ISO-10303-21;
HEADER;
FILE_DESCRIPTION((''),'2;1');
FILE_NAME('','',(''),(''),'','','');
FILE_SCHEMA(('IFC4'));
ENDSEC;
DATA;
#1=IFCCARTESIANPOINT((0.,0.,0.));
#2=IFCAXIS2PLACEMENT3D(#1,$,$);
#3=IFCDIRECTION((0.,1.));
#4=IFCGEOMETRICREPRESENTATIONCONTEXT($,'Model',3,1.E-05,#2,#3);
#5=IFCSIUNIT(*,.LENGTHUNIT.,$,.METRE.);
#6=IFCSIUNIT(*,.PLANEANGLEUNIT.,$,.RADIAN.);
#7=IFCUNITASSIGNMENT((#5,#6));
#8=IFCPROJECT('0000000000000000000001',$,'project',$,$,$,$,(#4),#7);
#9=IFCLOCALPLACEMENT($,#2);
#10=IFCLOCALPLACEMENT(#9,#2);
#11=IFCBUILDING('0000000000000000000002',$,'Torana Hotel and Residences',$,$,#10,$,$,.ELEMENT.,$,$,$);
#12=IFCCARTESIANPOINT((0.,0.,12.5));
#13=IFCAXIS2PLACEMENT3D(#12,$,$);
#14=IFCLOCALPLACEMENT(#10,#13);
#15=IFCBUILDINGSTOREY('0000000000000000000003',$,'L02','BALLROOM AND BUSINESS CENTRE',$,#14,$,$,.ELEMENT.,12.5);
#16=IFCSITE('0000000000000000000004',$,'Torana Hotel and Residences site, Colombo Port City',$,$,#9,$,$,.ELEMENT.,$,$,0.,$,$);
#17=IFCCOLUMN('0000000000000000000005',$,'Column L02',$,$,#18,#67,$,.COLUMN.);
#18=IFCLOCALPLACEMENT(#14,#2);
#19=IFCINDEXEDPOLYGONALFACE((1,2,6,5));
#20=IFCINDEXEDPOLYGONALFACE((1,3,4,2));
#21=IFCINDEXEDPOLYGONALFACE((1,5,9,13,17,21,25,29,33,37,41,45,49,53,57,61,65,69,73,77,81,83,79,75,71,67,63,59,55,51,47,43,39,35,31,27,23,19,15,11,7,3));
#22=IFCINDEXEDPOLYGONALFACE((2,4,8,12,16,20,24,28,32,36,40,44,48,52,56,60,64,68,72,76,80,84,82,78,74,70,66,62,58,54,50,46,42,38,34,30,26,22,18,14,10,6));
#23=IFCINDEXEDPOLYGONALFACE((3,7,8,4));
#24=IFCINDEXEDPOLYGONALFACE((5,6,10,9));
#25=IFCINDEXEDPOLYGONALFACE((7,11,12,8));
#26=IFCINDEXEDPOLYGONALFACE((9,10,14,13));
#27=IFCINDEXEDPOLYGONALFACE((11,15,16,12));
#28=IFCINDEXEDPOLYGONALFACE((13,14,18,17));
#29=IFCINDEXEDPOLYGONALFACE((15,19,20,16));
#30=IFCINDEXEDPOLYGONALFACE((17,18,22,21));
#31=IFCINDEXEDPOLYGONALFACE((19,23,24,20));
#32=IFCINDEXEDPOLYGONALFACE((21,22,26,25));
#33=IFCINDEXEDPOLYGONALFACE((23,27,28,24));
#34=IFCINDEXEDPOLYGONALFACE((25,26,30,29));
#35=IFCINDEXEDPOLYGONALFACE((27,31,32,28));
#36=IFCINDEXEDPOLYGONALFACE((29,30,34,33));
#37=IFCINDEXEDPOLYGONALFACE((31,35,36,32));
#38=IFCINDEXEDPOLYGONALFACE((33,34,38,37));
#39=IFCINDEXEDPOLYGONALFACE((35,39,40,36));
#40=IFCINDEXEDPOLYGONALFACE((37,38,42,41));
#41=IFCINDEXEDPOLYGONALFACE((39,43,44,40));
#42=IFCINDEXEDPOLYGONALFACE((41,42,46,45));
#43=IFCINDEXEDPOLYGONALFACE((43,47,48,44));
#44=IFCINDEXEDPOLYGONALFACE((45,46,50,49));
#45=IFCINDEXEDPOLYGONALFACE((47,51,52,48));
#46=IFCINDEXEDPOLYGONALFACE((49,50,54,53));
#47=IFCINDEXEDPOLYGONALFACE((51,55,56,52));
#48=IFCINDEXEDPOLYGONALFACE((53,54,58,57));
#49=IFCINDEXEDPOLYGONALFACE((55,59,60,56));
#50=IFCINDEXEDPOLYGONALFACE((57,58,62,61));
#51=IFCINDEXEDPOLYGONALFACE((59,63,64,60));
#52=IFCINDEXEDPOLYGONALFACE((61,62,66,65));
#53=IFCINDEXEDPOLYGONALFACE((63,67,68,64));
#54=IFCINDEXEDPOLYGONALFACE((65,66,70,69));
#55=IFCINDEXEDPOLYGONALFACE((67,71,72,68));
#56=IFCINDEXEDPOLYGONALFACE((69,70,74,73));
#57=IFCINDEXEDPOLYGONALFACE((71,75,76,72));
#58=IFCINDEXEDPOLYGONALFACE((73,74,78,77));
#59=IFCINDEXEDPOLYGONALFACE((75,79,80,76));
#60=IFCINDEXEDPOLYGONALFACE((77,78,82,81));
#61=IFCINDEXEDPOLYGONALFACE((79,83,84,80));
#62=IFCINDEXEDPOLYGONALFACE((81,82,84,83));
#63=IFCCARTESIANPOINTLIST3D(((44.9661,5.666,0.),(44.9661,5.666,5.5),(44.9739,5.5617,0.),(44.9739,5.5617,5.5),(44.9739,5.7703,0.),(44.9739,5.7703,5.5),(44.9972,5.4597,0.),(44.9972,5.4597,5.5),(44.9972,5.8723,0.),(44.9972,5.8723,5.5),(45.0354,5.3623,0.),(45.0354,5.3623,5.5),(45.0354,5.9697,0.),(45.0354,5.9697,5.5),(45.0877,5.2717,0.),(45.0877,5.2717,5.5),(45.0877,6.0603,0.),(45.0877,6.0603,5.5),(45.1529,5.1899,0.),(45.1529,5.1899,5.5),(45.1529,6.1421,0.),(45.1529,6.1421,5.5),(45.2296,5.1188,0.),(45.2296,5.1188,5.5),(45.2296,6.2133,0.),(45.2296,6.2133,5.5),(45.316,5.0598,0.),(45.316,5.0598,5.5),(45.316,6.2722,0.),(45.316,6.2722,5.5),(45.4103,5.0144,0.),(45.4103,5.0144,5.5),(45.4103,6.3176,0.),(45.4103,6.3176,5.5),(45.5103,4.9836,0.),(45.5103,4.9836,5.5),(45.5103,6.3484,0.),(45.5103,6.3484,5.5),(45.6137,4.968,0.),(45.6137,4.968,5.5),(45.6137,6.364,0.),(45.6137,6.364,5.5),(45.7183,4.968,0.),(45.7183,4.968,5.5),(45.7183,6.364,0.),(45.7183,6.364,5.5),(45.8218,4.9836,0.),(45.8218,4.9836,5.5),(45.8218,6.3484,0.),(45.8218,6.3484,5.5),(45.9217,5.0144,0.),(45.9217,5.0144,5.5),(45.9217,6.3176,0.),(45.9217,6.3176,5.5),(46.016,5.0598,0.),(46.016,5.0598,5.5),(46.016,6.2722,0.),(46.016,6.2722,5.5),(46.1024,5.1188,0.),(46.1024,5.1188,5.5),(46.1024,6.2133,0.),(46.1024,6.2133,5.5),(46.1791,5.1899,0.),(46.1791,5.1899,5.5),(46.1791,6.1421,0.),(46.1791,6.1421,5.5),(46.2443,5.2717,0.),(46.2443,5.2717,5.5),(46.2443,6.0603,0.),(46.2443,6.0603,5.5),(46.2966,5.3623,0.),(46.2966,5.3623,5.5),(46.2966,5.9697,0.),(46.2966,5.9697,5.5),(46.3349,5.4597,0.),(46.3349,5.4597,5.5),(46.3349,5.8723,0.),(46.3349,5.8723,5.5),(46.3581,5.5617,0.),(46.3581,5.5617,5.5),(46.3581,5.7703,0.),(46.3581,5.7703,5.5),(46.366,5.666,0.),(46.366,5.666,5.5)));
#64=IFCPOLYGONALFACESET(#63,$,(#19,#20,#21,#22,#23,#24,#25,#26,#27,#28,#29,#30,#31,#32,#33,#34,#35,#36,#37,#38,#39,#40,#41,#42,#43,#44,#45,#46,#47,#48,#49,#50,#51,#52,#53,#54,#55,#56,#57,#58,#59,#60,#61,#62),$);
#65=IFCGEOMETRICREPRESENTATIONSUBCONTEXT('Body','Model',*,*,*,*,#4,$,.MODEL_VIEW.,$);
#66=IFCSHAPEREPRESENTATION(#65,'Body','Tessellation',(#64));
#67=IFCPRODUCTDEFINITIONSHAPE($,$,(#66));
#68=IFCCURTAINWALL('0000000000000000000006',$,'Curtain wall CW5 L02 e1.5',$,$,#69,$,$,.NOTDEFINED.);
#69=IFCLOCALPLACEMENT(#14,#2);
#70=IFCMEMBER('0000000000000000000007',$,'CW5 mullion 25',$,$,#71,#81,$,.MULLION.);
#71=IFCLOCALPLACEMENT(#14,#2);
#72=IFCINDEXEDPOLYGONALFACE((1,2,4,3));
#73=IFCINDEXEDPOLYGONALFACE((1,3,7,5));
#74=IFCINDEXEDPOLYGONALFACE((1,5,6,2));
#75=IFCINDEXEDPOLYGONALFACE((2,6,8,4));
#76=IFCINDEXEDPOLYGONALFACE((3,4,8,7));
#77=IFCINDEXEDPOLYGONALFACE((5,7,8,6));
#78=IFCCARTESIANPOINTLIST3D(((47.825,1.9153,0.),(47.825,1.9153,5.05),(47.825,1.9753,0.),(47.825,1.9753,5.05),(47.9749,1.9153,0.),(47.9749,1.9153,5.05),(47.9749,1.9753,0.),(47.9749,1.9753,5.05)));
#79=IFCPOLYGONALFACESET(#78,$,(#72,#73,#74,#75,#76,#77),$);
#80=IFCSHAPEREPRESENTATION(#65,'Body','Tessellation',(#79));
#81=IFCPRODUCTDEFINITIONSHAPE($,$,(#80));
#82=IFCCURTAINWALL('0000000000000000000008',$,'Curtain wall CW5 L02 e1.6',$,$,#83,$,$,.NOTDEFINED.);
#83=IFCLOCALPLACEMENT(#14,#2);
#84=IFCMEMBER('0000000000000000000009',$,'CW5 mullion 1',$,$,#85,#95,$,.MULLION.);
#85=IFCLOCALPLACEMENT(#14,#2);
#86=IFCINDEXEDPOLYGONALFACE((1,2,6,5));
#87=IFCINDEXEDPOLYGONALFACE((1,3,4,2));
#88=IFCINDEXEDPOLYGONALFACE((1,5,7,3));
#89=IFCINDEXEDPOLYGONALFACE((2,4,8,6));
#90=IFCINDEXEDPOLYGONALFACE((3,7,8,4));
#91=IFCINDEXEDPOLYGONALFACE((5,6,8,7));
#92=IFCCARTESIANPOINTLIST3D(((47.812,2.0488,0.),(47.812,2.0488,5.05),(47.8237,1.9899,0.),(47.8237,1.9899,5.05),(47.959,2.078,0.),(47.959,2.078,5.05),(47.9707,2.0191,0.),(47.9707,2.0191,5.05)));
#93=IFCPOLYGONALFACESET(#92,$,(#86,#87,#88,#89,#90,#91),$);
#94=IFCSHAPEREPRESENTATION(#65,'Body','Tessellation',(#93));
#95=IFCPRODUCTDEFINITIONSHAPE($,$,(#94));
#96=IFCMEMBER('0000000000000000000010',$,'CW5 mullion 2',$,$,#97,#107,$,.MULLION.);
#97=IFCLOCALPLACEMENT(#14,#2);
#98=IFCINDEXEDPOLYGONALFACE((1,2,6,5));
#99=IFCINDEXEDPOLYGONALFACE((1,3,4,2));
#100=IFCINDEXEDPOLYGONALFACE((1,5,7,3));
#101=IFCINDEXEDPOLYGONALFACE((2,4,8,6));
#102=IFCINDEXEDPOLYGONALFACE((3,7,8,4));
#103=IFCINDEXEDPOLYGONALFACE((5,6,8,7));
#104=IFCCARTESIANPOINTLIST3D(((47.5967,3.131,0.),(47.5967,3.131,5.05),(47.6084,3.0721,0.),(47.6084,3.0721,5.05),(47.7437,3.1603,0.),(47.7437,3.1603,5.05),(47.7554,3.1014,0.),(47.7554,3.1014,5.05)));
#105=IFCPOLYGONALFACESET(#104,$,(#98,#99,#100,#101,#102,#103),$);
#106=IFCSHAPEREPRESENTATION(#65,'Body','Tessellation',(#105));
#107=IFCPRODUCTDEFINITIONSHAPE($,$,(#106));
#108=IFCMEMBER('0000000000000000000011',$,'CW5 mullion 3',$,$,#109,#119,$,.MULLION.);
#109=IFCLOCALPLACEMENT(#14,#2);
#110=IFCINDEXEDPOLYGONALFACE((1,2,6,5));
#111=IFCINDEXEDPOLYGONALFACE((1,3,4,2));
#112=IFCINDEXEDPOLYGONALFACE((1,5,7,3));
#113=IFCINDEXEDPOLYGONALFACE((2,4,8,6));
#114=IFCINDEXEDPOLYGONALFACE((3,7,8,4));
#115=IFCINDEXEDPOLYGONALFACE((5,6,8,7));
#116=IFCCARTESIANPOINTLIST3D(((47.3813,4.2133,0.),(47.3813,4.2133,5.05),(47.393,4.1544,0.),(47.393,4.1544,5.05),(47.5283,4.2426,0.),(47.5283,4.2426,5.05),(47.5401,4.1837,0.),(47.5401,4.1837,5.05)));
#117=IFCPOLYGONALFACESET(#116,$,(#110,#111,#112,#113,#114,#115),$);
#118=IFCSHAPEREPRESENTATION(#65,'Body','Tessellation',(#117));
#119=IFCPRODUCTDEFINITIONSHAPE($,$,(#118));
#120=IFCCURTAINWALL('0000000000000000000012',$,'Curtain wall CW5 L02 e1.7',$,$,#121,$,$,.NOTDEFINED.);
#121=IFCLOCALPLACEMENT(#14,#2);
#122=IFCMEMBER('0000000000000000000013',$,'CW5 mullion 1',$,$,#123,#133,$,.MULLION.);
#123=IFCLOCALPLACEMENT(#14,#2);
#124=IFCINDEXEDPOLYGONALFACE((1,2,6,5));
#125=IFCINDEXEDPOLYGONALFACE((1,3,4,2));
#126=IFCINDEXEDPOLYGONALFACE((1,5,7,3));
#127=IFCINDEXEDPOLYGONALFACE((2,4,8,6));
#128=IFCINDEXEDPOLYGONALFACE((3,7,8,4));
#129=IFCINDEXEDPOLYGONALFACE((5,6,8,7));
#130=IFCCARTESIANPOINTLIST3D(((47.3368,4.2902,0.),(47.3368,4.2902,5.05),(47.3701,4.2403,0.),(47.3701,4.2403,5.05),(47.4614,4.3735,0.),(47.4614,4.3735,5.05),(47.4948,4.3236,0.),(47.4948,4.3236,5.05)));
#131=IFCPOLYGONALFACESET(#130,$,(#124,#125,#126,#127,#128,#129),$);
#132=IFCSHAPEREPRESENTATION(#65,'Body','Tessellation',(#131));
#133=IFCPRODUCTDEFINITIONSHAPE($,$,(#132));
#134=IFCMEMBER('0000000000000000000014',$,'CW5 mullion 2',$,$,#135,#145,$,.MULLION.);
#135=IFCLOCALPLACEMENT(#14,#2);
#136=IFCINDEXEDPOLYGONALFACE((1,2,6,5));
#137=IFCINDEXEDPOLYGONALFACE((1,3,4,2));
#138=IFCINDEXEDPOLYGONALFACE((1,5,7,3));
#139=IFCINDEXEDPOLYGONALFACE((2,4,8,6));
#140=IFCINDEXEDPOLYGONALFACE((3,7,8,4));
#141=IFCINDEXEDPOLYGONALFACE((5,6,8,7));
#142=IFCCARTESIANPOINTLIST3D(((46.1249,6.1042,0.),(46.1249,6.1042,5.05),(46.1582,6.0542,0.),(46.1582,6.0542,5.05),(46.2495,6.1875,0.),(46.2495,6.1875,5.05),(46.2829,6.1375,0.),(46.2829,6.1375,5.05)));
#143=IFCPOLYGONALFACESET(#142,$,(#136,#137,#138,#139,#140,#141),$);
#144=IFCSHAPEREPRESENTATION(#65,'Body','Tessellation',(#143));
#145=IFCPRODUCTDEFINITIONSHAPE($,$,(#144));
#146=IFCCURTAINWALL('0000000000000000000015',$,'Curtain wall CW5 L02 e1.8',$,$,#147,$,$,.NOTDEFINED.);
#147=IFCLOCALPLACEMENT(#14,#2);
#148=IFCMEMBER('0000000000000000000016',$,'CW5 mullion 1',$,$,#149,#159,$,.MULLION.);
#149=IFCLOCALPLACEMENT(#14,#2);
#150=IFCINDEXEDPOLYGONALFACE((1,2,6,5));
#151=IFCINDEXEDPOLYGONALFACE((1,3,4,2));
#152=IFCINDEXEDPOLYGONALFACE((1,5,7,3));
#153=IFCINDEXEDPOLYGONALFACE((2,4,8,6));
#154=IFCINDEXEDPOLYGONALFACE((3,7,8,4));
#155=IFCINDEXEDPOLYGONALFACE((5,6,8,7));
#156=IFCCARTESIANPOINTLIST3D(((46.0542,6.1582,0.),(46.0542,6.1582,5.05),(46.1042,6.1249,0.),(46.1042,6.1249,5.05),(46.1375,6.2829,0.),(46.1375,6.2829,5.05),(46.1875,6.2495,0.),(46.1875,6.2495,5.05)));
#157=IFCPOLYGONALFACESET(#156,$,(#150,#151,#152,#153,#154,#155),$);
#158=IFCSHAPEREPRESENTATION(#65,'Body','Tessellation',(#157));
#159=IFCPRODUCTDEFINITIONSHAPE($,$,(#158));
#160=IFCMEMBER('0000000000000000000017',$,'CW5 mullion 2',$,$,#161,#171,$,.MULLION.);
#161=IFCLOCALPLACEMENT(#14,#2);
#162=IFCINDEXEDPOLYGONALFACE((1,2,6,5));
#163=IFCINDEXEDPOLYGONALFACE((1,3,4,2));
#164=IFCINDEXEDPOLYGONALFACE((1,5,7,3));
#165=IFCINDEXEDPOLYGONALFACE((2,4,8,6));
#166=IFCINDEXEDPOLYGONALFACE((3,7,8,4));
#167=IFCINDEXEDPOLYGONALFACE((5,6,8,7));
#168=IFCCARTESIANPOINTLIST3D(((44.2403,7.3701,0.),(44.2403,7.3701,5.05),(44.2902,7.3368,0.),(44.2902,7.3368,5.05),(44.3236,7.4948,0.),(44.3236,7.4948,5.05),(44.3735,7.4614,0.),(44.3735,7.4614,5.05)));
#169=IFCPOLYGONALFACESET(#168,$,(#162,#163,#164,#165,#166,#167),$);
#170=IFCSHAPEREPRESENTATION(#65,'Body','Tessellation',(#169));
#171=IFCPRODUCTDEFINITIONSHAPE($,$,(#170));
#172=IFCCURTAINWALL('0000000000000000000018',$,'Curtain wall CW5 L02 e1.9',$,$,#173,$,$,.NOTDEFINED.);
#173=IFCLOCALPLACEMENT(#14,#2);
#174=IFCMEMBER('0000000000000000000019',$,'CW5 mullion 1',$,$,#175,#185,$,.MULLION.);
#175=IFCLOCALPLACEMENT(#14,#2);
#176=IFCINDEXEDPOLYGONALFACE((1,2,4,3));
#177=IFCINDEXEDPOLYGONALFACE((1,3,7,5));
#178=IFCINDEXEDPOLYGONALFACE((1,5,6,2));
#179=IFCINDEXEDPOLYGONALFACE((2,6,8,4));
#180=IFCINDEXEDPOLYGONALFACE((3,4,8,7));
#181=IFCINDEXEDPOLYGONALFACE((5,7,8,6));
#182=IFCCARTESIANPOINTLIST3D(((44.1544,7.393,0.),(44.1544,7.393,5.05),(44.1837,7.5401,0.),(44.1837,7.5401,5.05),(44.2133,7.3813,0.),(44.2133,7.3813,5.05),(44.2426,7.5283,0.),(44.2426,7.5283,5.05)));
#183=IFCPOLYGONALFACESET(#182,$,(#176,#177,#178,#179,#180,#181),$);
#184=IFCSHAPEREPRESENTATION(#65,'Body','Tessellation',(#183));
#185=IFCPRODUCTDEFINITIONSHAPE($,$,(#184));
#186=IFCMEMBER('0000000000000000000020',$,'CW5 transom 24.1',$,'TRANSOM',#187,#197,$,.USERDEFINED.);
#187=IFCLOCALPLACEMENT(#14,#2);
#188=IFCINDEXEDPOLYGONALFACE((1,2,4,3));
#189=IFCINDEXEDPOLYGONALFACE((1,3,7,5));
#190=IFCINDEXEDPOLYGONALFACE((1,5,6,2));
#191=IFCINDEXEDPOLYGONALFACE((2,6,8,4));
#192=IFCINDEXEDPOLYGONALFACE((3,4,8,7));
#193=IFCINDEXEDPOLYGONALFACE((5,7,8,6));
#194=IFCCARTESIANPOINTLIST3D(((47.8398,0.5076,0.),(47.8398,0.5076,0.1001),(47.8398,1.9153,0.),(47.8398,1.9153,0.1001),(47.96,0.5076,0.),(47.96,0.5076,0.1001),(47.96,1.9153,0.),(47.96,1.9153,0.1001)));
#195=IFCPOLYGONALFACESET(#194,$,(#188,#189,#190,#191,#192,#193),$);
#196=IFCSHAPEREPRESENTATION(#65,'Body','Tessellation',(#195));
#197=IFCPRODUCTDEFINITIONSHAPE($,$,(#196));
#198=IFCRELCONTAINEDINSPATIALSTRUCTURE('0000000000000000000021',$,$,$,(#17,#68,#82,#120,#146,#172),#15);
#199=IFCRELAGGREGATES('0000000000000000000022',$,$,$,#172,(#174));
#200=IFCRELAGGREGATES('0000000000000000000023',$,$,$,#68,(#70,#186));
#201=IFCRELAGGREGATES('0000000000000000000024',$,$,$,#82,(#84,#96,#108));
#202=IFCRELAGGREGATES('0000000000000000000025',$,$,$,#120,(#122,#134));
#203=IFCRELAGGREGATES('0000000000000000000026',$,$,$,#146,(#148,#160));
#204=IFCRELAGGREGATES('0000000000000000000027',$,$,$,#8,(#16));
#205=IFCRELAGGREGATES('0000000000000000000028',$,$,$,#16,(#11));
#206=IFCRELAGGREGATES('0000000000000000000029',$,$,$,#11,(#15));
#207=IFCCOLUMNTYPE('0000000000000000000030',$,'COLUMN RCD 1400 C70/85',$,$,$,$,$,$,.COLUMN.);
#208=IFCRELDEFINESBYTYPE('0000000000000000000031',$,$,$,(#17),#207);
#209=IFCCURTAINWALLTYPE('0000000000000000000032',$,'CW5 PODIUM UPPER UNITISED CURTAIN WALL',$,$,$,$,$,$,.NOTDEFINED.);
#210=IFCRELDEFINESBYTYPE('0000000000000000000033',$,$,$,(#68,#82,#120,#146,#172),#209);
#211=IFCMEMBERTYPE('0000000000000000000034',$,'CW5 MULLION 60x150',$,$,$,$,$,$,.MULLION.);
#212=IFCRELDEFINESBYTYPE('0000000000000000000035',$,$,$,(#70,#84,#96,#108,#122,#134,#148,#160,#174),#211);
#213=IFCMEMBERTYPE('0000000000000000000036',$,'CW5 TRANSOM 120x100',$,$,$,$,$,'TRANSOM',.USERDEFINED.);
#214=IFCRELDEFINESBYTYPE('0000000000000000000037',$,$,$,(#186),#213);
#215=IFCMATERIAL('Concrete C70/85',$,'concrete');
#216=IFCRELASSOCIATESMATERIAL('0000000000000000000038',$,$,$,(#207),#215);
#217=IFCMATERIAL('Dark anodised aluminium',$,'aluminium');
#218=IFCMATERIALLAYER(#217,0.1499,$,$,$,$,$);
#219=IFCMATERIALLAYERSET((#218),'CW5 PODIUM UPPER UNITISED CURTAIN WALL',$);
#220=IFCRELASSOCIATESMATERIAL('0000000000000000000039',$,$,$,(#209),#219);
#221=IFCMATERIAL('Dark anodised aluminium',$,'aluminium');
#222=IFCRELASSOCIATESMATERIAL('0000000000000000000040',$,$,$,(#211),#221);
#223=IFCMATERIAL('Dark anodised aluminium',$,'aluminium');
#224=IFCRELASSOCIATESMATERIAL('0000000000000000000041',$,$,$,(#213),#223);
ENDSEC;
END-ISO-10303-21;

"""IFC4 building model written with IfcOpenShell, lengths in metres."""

from ifc_helpers import new_model, si_unit, direction, frame, origin, origin_2d, place, context, subcontext, project, spatial, rectangle, circle, extrude, material, layer, layer_set, material_profile, profile_set, type_object, element, aggregate, save


model = new_model("IFC4")

# Units and contexts
model_context = context("Model", 3, precision=1e-05, world=origin(), true_north=direction((0.0, 1.0)))
body_context = subcontext(model_context, "Body", "Model", "MODEL_VIEW")
ifc_project = project(units=[si_unit("LENGTHUNIT", "METRE"), si_unit("PLANEANGLEUNIT", "RADIAN")], contexts=[model_context])

# Site, building, storey
site_placement = place(None, origin())
site = spatial("IfcSite", under=ifc_project, at=site_placement, Name="Torana Hotel and Residences site, Colombo Port City", CompositionType="ELEMENT", RefElevation=0.0)
building_placement = place(site_placement, origin())
building = spatial("IfcBuilding", under=site, at=building_placement, Name="Torana Hotel and Residences", CompositionType="ELEMENT")
storey_placement = place(building_placement, frame((0.0, 0.0, 12.5)))
storey = spatial("IfcBuildingStorey", under=building, at=storey_placement, Name="L02", Description="BALLROOM AND BUSINESS CENTRE", CompositionType="ELEMENT", Elevation=12.5)

# Column
ifc_material_1 = material(Name="Concrete C70/85", Category="concrete")
ifc_material_profile_1 = material_profile(ifc_material_1, circle(Radius=0.7, at=origin_2d()), Name="RCD 1400")
ifc_profile_set_1 = profile_set([ifc_material_profile_1], Name="Concrete C70/85")
column_type = type_object("IfcColumnType", Name="COLUMN RCD 1400 C70/85", PredefinedType="COLUMN", material=ifc_profile_set_1)
column_placement = place(storey_placement, frame((45.666, 5.666, 0.0), z_axis=(0.0, 0.0, 1.0), x_axis=(1.0, 0.0, 0.0)))
element("IfcColumn", 1, at=column_placement, inside=storey, type_object=column_type, Name="Column L02", PredefinedType="COLUMN", context=body_context, shape_type="SweptSolid", body=[
    extrude(circle(Radius=0.7, at=origin_2d()), origin(), (0.0, 0.0, 1.0), 5.5),
])

# Curtain wall, member
ifc_material_2 = material(Name="Dark anodised aluminium", Category="aluminium")
ifc_layer_1 = layer(ifc_material_2, 0.1499)
ifc_layer_set_1 = layer_set([ifc_layer_1], Name="CW5 PODIUM UPPER UNITISED CURTAIN WALL")
curtain_wall_type = type_object("IfcCurtainWallType", Name="CW5 PODIUM UPPER UNITISED CURTAIN WALL", PredefinedType="NOTDEFINED", material=ifc_layer_set_1)
curtain_wall_1_placement = place(storey_placement, origin())
curtain_wall_1 = element("IfcCurtainWall", 2, at=curtain_wall_1_placement, inside=storey, type_object=curtain_wall_type, Name="Curtain wall CW5 L02 e1.5", PredefinedType="NOTDEFINED")
ifc_material_3 = material(Name="Dark anodised aluminium", Category="aluminium")
ifc_material_profile_2 = material_profile(ifc_material_3, rectangle(XDim=0.1499, YDim=0.0601, at=origin_2d()), Name="CW5 MULLION 60x150")
ifc_profile_set_2 = profile_set([ifc_material_profile_2], Name="Dark anodised aluminium")
member_type_1 = type_object("IfcMemberType", Name="CW5 MULLION 60x150", PredefinedType="MULLION", material=ifc_profile_set_2)
member_1_placement = place(storey_placement, frame((47.8999, 1.9453, 0.0), z_axis=(0.0, 0.0, 1.0), x_axis=(-1.0, 0.0, 0.0)))
member_1 = element("IfcMember", 3, at=member_1_placement, type_object=member_type_1, Name="CW5 mullion 25", PredefinedType="MULLION", context=body_context, shape_type="SweptSolid", body=[
    extrude(rectangle(XDim=0.1499, YDim=0.0601, at=origin_2d()), origin(), (0.0, 0.0, 1.0), 5.05),
])

# Curtain walls, members
curtain_wall_2_placement = place(storey_placement, origin())
curtain_wall_2 = element("IfcCurtainWall", 4, at=curtain_wall_2_placement, inside=storey, type_object=curtain_wall_type, Name="Curtain wall CW5 L02 e1.6", PredefinedType="NOTDEFINED")
member_2_placement = place(storey_placement, frame((47.8914, 2.0339, 0.0), z_axis=(0.0, 0.0, 1.0), x_axis=(-0.980787, -0.195081, 0.0)))
member_2 = element("IfcMember", 5, at=member_2_placement, type_object=member_type_1, Name="CW5 mullion 1", PredefinedType="MULLION", context=body_context, shape_type="SweptSolid", body=[
    extrude(rectangle(XDim=0.1499, YDim=0.0601, at=origin_2d()), origin(), (0.0, 0.0, 1.0), 5.05),
])
member_3_placement = place(storey_placement, frame((47.676, 3.1162, 0.0), z_axis=(0.0, 0.0, 1.0), x_axis=(-0.980787, -0.195081, 0.0)))
member_3 = element("IfcMember", 6, at=member_3_placement, type_object=member_type_1, Name="CW5 mullion 2", PredefinedType="MULLION", context=body_context, shape_type="SweptSolid", body=[
    extrude(rectangle(XDim=0.1499, YDim=0.0601, at=origin_2d()), origin(), (0.0, 0.0, 1.0), 5.05),
])
member_4_placement = place(storey_placement, frame((47.4607, 4.1985, 0.0), z_axis=(0.0, 0.0, 1.0), x_axis=(-0.980787, -0.195081, 0.0)))
member_4 = element("IfcMember", 7, at=member_4_placement, type_object=member_type_1, Name="CW5 mullion 3", PredefinedType="MULLION", context=body_context, shape_type="SweptSolid", body=[
    extrude(rectangle(XDim=0.1499, YDim=0.0601, at=origin_2d()), origin(), (0.0, 0.0, 1.0), 5.05),
])
curtain_wall_3_placement = place(storey_placement, origin())
curtain_wall_3 = element("IfcCurtainWall", 8, at=curtain_wall_3_placement, inside=storey, type_object=curtain_wall_type, Name="Curtain wall CW5 L02 e1.7", PredefinedType="NOTDEFINED")
member_5_placement = place(storey_placement, frame((47.4158, 4.3069, 0.0), z_axis=(0.0, 0.0, 1.0), x_axis=(-0.83146, -0.555585, 0.0)))
member_5 = element("IfcMember", 9, at=member_5_placement, type_object=member_type_1, Name="CW5 mullion 1", PredefinedType="MULLION", context=body_context, shape_type="SweptSolid", body=[
    extrude(rectangle(XDim=0.1499, YDim=0.0601, at=origin_2d()), origin(), (0.0, 0.0, 1.0), 5.05),
])
member_6_placement = place(storey_placement, frame((46.2039, 6.1208, 0.0), z_axis=(0.0, 0.0, 1.0), x_axis=(-0.83146, -0.555585, 0.0)))
member_6 = element("IfcMember", 10, at=member_6_placement, type_object=member_type_1, Name="CW5 mullion 2", PredefinedType="MULLION", context=body_context, shape_type="SweptSolid", body=[
    extrude(rectangle(XDim=0.1499, YDim=0.0601, at=origin_2d()), origin(), (0.0, 0.0, 1.0), 5.05),
])
curtain_wall_4_placement = place(storey_placement, origin())
curtain_wall_4 = element("IfcCurtainWall", 11, at=curtain_wall_4_placement, inside=storey, type_object=curtain_wall_type, Name="Curtain wall CW5 L02 e1.8", PredefinedType="NOTDEFINED")
member_7_placement = place(storey_placement, frame((46.1208, 6.2039, 0.0), z_axis=(0.0, 0.0, 1.0), x_axis=(-0.555585, -0.83146, 0.0)))
member_7 = element("IfcMember", 12, at=member_7_placement, type_object=member_type_1, Name="CW5 mullion 1", PredefinedType="MULLION", context=body_context, shape_type="SweptSolid", body=[
    extrude(rectangle(XDim=0.1499, YDim=0.0601, at=origin_2d()), origin(), (0.0, 0.0, 1.0), 5.05),
])
member_8_placement = place(storey_placement, frame((44.3069, 7.4158, 0.0), z_axis=(0.0, 0.0, 1.0), x_axis=(-0.555585, -0.83146, 0.0)))
member_8 = element("IfcMember", 13, at=member_8_placement, type_object=member_type_1, Name="CW5 mullion 2", PredefinedType="MULLION", context=body_context, shape_type="SweptSolid", body=[
    extrude(rectangle(XDim=0.1499, YDim=0.0601, at=origin_2d()), origin(), (0.0, 0.0, 1.0), 5.05),
])

# Curtain wall, member
curtain_wall_5_placement = place(storey_placement, origin())
curtain_wall_5 = element("IfcCurtainWall", 14, at=curtain_wall_5_placement, inside=storey, type_object=curtain_wall_type, Name="Curtain wall CW5 L02 e1.9", PredefinedType="NOTDEFINED")
member_9_placement = place(storey_placement, frame((44.1985, 7.4607, 0.0), z_axis=(0.0, 0.0, 1.0), x_axis=(-0.195081, -0.980787, 0.0)))
member_9 = element("IfcMember", 15, at=member_9_placement, type_object=member_type_1, Name="CW5 mullion 1", PredefinedType="MULLION", context=body_context, shape_type="SweptSolid", body=[
    extrude(rectangle(XDim=0.1499, YDim=0.0601, at=origin_2d()), origin(), (0.0, 0.0, 1.0), 5.05),
])

# Member
ifc_material_4 = material(Name="Dark anodised aluminium", Category="aluminium")
ifc_material_profile_3 = material_profile(ifc_material_4, rectangle(XDim=0.1201, YDim=0.1001, at=origin_2d()), Name="CW5 TRANSOM 120x100")
ifc_profile_set_3 = profile_set([ifc_material_profile_3], Name="Dark anodised aluminium")
member_type_2 = type_object("IfcMemberType", Name="CW5 TRANSOM 120x100", ElementType="TRANSOM", PredefinedType="USERDEFINED", material=ifc_profile_set_3)
member_10_placement = place(storey_placement, frame((47.8999, 0.5076, 0.05), z_axis=(0.0, 1.0, 0.0), x_axis=(-1.0, 0.0, 0.0)))
member_10 = element("IfcMember", 16, at=member_10_placement, type_object=member_type_2, Name="CW5 transom 24.1", ObjectType="TRANSOM", PredefinedType="USERDEFINED", context=body_context, shape_type="SweptSolid", body=[
    extrude(rectangle(XDim=0.1201, YDim=0.1001, at=origin_2d()), origin(), (0.0, 0.0, 1.0), 1.4077),
])
aggregate(curtain_wall_5, [member_9])

aggregate(curtain_wall_1, [member_1, member_10])
aggregate(curtain_wall_2, [member_2, member_3, member_4])
aggregate(curtain_wall_3, [member_5, member_6])
aggregate(curtain_wall_4, [member_7, member_8])

save(model, "model.ifc")
